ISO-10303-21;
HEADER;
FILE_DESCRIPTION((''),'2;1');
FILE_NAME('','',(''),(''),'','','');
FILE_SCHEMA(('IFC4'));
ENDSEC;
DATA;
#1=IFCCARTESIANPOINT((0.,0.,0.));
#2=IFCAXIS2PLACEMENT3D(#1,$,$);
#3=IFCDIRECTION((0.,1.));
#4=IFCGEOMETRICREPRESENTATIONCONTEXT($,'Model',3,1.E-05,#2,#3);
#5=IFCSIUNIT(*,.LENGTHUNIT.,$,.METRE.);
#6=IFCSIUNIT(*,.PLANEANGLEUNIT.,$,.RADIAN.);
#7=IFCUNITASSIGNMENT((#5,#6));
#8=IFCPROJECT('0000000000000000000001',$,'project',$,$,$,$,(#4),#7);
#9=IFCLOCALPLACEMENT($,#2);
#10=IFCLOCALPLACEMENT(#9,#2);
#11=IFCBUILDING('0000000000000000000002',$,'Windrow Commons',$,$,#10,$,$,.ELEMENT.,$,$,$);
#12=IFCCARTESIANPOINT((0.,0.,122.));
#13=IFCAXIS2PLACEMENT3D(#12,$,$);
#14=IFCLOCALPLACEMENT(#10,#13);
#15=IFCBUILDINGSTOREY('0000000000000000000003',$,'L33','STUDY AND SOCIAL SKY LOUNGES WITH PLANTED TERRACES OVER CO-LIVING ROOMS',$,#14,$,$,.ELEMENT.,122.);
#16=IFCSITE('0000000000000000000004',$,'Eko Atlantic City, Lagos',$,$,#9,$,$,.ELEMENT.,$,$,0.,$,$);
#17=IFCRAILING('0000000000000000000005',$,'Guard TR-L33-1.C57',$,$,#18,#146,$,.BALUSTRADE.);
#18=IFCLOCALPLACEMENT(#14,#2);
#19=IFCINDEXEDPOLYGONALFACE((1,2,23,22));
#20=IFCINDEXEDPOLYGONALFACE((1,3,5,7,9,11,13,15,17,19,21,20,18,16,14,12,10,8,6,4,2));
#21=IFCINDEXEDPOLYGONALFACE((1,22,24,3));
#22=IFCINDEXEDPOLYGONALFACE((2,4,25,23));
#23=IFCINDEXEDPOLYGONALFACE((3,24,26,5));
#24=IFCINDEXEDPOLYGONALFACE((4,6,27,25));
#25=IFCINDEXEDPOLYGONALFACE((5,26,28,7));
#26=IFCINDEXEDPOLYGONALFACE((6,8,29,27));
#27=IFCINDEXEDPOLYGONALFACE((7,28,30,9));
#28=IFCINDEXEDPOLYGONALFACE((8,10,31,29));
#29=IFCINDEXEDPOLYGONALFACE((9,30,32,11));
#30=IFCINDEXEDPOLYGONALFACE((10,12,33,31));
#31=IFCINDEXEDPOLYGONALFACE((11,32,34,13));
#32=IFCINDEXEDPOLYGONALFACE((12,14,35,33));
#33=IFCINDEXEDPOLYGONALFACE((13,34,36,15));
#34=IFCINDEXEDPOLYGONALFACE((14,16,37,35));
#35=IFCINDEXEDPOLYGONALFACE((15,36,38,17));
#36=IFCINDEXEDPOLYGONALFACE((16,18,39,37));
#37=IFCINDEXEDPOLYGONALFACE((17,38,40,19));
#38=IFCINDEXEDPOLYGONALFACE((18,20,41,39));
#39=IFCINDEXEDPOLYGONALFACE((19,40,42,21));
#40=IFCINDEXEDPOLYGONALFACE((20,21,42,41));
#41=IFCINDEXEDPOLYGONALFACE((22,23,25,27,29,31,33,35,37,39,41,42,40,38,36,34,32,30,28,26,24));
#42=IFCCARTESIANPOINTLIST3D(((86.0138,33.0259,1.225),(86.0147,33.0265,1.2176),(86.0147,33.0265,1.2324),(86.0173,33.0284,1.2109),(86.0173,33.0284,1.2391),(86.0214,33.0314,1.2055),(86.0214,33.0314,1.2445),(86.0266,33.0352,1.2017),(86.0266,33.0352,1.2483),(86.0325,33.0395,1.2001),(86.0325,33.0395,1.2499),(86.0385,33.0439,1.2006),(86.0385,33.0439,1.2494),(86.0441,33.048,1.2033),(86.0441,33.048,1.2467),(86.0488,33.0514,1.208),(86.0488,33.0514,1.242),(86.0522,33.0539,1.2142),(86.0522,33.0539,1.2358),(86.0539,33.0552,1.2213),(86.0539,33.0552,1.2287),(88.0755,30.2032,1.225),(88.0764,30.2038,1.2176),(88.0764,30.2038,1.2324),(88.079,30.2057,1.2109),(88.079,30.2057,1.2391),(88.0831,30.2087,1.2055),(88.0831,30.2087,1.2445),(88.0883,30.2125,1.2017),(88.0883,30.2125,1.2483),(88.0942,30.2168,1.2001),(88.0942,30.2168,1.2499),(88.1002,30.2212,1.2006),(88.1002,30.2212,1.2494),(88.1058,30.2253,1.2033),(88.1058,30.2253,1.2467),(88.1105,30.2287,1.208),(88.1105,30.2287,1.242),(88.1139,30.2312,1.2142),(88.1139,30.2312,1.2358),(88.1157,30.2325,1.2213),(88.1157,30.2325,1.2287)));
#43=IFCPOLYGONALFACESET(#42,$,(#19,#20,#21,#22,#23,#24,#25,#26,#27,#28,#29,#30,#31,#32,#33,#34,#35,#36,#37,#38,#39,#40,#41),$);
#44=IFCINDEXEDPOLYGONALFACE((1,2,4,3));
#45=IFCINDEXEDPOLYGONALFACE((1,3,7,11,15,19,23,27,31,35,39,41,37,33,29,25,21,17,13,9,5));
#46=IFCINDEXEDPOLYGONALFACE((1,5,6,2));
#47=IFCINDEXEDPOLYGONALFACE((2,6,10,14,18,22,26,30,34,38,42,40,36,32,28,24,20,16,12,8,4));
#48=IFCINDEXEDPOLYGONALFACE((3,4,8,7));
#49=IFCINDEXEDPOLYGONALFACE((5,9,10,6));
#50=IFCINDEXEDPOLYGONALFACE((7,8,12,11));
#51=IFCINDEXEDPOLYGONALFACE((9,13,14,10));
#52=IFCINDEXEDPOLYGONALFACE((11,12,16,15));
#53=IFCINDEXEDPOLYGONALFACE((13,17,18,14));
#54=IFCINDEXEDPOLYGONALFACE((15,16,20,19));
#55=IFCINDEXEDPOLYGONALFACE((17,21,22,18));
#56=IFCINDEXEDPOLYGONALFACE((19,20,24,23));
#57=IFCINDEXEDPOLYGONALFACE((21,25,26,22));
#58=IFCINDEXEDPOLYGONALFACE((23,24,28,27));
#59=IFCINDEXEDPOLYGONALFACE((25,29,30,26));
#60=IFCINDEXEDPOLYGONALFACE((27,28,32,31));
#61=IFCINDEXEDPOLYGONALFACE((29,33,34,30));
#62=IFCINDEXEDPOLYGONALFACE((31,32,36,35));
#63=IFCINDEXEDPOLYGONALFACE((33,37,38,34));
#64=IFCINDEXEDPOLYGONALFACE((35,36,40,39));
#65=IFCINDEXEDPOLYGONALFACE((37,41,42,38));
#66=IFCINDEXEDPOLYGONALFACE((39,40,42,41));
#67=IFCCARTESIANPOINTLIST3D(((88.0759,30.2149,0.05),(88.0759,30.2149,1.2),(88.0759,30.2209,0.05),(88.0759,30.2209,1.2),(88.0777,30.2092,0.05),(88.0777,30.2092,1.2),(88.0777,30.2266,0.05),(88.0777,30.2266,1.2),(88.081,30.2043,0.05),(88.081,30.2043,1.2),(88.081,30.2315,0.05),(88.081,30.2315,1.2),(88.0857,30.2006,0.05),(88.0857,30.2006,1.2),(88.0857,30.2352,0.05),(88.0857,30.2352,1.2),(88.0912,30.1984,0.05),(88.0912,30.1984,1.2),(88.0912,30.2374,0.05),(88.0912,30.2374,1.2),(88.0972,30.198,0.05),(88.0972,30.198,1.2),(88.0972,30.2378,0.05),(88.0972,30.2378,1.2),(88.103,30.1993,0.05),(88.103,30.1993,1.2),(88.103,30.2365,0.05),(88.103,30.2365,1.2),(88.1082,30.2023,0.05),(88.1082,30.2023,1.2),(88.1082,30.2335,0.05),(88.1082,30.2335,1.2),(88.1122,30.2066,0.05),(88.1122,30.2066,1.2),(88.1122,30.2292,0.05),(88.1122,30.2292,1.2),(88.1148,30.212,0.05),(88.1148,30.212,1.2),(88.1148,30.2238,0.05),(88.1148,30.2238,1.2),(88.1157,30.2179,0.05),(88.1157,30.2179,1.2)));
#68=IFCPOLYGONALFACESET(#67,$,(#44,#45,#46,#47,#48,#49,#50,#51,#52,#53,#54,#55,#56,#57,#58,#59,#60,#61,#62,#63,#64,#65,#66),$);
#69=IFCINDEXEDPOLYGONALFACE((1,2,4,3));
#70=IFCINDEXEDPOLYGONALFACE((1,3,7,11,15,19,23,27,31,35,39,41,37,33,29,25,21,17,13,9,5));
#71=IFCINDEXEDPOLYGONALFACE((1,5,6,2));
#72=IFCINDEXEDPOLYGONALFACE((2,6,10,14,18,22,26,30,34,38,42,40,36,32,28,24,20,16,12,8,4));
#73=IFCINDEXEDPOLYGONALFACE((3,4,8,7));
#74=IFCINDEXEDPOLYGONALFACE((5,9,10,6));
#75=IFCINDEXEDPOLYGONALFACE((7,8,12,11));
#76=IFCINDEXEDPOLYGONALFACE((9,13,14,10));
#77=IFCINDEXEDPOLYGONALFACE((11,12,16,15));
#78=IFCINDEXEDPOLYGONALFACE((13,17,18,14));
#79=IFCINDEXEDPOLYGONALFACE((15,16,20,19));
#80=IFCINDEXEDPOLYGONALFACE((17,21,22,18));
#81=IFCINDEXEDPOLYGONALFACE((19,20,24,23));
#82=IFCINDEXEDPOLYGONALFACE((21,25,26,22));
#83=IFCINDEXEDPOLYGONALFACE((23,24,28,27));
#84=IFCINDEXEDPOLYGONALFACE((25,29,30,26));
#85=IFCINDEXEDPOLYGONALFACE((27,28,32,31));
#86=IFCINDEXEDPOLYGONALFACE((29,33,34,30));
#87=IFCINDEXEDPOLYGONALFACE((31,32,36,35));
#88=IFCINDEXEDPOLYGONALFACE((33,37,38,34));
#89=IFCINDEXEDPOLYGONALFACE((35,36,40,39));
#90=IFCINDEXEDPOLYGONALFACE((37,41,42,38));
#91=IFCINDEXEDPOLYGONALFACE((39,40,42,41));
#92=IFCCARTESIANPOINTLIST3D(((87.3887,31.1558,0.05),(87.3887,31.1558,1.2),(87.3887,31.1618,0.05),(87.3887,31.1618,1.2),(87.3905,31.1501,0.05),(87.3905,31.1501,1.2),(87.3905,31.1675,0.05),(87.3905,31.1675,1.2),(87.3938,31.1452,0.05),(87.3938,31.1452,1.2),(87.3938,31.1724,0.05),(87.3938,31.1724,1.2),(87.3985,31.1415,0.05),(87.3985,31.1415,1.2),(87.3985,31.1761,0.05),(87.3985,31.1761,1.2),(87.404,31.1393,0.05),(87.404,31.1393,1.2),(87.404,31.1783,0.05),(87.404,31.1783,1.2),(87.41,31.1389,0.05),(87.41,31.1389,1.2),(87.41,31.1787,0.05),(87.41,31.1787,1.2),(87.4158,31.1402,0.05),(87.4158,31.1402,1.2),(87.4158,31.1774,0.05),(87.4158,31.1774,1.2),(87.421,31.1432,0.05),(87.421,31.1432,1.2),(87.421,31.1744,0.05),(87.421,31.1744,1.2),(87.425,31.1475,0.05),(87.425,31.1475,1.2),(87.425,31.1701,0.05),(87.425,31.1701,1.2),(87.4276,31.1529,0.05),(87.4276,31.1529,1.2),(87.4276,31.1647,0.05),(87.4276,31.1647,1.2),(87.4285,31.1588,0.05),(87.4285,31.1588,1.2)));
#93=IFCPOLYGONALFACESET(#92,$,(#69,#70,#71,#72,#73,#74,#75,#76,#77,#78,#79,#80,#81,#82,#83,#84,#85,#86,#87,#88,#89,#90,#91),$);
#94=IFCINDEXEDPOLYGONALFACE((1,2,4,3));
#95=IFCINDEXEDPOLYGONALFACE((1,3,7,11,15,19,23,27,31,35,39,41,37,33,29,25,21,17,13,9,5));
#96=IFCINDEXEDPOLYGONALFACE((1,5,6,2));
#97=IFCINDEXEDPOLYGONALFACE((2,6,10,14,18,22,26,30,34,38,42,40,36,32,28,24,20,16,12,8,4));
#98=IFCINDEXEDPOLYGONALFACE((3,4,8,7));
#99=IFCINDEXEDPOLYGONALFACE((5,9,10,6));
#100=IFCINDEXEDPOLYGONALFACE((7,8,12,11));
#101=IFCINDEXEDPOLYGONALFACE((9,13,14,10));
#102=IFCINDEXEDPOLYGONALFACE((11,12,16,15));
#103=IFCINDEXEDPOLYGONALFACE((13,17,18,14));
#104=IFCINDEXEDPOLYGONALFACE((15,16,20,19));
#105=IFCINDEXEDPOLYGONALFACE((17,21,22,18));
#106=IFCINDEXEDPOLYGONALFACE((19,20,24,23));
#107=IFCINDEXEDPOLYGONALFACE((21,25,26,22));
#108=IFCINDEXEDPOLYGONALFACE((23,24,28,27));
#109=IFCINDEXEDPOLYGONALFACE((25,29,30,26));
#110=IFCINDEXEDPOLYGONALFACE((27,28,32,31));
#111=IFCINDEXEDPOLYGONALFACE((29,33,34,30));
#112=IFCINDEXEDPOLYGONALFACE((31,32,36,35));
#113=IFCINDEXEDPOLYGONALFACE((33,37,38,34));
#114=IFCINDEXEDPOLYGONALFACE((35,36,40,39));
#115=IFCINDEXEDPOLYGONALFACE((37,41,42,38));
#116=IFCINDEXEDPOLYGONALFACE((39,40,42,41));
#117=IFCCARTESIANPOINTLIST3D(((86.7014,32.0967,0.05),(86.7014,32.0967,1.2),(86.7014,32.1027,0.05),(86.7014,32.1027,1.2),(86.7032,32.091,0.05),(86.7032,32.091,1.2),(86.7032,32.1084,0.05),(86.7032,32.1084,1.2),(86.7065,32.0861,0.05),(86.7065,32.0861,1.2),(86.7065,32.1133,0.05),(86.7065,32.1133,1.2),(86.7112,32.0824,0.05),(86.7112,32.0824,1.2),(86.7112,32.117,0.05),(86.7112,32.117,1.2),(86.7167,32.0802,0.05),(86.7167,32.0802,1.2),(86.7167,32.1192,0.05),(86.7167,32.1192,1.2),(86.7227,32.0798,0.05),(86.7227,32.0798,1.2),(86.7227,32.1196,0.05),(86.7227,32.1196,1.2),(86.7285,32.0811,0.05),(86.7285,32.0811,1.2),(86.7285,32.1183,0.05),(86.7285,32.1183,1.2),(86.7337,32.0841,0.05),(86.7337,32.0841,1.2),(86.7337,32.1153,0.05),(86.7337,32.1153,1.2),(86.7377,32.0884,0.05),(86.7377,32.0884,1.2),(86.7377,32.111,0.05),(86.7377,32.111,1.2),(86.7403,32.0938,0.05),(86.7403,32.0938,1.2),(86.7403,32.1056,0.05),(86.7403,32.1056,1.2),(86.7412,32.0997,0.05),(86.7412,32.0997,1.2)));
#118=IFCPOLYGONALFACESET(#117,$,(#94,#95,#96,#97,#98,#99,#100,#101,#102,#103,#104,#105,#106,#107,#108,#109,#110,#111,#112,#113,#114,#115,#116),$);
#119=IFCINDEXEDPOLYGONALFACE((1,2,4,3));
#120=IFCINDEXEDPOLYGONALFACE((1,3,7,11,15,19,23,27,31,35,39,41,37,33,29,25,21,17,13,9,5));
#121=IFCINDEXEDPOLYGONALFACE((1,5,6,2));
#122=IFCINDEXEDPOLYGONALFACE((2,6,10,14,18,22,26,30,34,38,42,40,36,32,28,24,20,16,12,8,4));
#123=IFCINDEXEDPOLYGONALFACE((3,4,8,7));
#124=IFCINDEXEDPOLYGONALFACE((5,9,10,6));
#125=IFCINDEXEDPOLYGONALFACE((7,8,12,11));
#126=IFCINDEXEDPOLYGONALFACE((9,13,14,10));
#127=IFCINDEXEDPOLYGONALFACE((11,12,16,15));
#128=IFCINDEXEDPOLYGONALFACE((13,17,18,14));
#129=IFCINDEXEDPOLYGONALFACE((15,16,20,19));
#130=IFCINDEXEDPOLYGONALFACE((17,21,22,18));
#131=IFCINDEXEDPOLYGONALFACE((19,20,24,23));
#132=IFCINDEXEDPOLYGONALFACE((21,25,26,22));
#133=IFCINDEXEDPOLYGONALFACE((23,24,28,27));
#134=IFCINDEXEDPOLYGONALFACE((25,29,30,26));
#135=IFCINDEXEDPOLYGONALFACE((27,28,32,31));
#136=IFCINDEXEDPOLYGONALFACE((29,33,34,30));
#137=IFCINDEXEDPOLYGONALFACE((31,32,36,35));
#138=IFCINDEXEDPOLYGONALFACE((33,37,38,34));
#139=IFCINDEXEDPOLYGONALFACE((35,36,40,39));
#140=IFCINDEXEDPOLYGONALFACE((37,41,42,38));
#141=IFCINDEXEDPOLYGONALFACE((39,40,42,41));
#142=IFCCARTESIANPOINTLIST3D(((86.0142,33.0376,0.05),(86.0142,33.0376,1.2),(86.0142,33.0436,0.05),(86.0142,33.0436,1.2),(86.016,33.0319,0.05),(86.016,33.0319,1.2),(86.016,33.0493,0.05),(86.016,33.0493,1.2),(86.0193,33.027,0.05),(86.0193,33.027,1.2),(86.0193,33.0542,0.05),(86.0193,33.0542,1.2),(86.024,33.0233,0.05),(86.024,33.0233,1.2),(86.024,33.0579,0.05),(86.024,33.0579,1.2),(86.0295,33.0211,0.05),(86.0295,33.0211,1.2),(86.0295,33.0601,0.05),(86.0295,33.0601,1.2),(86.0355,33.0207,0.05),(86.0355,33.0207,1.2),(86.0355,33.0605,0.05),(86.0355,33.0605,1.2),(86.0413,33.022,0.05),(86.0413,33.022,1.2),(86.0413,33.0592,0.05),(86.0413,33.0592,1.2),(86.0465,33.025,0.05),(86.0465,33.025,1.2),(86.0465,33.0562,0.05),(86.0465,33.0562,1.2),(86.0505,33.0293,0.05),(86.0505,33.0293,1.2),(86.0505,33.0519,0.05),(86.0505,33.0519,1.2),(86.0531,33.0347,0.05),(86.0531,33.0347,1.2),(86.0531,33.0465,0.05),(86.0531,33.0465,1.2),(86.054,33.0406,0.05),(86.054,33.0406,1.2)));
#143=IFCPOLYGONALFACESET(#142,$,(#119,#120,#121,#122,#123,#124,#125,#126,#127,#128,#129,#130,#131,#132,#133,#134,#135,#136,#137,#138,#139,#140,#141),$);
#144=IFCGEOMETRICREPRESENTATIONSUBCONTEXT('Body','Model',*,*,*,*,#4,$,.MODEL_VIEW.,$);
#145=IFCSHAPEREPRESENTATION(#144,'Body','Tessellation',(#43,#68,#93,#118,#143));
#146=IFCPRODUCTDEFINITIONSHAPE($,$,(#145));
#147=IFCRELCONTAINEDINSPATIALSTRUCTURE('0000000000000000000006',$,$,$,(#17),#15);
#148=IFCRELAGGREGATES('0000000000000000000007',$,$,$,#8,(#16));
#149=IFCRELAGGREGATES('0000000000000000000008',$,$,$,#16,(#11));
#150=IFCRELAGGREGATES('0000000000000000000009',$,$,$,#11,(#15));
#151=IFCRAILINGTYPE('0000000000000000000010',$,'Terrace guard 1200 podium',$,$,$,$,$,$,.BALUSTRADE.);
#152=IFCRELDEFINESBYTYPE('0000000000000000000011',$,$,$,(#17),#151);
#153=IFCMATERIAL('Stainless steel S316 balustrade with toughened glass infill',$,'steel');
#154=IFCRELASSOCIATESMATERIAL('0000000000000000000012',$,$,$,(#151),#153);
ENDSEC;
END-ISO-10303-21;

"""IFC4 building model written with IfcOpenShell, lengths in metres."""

from ifc_helpers import new_model, si_unit, direction, frame, origin, origin_2d, place, context, subcontext, project, spatial, circle, extrude, material, type_object, element, save


model = new_model("IFC4")

# Units and contexts
model_context = context("Model", 3, precision=1e-05, world=origin(), true_north=direction((0.0, 1.0)))
body_context = subcontext(model_context, "Body", "Model", "MODEL_VIEW")
ifc_project = project(units=[si_unit("LENGTHUNIT", "METRE"), si_unit("PLANEANGLEUNIT", "RADIAN")], contexts=[model_context])

# Site, building, storey
site_placement = place(None, origin())
site = spatial("IfcSite", under=ifc_project, at=site_placement, Name="Eko Atlantic City, Lagos", CompositionType="ELEMENT", RefElevation=0.0)
building_placement = place(site_placement, origin())
building = spatial("IfcBuilding", under=site, at=building_placement, Name="Windrow Commons", CompositionType="ELEMENT")
storey_placement = place(building_placement, frame((0.0, 0.0, 122.0)))
storey = spatial("IfcBuildingStorey", under=building, at=storey_placement, Name="L33", Description="STUDY AND SOCIAL SKY LOUNGES WITH PLANTED TERRACES OVER CO-LIVING ROOMS", CompositionType="ELEMENT", Elevation=122.0)

# Railing
ifc_material_1 = material(Name="Stainless steel S316 balustrade with toughened glass infill", Category="steel")
railing_type = type_object("IfcRailingType", Name="Terrace guard 1200 podium", PredefinedType="BALUSTRADE", material=ifc_material_1)
railing_1_placement = place(storey_placement, frame((88.0957, 30.2179, 0.05)))
element("IfcRailing", 1, at=railing_1_placement, inside=storey, type_object=railing_type, Name="Guard TR-L33-1.C57", PredefinedType="BALUSTRADE", context=body_context, shape_type="SweptSolid", body=[
    extrude(circle(Radius=0.025, at=origin_2d()), frame((0.0, 0.0, 1.175), z_axis=(-0.589822, 0.807533, 0.0), x_axis=(-0.807533, -0.589822, 0.0)), (0.0, 0.0, 1.0), 3.4955),
    extrude(circle(Radius=0.02, at=origin_2d()), origin(), (0.0, 0.0, 1.0), 1.15),
    extrude(circle(Radius=0.02, at=origin_2d()), frame((-0.6872, 0.9409, 0.0)), (0.0, 0.0, 1.0), 1.15),
    extrude(circle(Radius=0.02, at=origin_2d()), frame((-1.3745, 1.8818, 0.0)), (0.0, 0.0, 1.0), 1.15),
    extrude(circle(Radius=0.02, at=origin_2d()), frame((-2.0617, 2.8227, 0.0)), (0.0, 0.0, 1.0), 1.15),
])

save(model, "model.ifc")
